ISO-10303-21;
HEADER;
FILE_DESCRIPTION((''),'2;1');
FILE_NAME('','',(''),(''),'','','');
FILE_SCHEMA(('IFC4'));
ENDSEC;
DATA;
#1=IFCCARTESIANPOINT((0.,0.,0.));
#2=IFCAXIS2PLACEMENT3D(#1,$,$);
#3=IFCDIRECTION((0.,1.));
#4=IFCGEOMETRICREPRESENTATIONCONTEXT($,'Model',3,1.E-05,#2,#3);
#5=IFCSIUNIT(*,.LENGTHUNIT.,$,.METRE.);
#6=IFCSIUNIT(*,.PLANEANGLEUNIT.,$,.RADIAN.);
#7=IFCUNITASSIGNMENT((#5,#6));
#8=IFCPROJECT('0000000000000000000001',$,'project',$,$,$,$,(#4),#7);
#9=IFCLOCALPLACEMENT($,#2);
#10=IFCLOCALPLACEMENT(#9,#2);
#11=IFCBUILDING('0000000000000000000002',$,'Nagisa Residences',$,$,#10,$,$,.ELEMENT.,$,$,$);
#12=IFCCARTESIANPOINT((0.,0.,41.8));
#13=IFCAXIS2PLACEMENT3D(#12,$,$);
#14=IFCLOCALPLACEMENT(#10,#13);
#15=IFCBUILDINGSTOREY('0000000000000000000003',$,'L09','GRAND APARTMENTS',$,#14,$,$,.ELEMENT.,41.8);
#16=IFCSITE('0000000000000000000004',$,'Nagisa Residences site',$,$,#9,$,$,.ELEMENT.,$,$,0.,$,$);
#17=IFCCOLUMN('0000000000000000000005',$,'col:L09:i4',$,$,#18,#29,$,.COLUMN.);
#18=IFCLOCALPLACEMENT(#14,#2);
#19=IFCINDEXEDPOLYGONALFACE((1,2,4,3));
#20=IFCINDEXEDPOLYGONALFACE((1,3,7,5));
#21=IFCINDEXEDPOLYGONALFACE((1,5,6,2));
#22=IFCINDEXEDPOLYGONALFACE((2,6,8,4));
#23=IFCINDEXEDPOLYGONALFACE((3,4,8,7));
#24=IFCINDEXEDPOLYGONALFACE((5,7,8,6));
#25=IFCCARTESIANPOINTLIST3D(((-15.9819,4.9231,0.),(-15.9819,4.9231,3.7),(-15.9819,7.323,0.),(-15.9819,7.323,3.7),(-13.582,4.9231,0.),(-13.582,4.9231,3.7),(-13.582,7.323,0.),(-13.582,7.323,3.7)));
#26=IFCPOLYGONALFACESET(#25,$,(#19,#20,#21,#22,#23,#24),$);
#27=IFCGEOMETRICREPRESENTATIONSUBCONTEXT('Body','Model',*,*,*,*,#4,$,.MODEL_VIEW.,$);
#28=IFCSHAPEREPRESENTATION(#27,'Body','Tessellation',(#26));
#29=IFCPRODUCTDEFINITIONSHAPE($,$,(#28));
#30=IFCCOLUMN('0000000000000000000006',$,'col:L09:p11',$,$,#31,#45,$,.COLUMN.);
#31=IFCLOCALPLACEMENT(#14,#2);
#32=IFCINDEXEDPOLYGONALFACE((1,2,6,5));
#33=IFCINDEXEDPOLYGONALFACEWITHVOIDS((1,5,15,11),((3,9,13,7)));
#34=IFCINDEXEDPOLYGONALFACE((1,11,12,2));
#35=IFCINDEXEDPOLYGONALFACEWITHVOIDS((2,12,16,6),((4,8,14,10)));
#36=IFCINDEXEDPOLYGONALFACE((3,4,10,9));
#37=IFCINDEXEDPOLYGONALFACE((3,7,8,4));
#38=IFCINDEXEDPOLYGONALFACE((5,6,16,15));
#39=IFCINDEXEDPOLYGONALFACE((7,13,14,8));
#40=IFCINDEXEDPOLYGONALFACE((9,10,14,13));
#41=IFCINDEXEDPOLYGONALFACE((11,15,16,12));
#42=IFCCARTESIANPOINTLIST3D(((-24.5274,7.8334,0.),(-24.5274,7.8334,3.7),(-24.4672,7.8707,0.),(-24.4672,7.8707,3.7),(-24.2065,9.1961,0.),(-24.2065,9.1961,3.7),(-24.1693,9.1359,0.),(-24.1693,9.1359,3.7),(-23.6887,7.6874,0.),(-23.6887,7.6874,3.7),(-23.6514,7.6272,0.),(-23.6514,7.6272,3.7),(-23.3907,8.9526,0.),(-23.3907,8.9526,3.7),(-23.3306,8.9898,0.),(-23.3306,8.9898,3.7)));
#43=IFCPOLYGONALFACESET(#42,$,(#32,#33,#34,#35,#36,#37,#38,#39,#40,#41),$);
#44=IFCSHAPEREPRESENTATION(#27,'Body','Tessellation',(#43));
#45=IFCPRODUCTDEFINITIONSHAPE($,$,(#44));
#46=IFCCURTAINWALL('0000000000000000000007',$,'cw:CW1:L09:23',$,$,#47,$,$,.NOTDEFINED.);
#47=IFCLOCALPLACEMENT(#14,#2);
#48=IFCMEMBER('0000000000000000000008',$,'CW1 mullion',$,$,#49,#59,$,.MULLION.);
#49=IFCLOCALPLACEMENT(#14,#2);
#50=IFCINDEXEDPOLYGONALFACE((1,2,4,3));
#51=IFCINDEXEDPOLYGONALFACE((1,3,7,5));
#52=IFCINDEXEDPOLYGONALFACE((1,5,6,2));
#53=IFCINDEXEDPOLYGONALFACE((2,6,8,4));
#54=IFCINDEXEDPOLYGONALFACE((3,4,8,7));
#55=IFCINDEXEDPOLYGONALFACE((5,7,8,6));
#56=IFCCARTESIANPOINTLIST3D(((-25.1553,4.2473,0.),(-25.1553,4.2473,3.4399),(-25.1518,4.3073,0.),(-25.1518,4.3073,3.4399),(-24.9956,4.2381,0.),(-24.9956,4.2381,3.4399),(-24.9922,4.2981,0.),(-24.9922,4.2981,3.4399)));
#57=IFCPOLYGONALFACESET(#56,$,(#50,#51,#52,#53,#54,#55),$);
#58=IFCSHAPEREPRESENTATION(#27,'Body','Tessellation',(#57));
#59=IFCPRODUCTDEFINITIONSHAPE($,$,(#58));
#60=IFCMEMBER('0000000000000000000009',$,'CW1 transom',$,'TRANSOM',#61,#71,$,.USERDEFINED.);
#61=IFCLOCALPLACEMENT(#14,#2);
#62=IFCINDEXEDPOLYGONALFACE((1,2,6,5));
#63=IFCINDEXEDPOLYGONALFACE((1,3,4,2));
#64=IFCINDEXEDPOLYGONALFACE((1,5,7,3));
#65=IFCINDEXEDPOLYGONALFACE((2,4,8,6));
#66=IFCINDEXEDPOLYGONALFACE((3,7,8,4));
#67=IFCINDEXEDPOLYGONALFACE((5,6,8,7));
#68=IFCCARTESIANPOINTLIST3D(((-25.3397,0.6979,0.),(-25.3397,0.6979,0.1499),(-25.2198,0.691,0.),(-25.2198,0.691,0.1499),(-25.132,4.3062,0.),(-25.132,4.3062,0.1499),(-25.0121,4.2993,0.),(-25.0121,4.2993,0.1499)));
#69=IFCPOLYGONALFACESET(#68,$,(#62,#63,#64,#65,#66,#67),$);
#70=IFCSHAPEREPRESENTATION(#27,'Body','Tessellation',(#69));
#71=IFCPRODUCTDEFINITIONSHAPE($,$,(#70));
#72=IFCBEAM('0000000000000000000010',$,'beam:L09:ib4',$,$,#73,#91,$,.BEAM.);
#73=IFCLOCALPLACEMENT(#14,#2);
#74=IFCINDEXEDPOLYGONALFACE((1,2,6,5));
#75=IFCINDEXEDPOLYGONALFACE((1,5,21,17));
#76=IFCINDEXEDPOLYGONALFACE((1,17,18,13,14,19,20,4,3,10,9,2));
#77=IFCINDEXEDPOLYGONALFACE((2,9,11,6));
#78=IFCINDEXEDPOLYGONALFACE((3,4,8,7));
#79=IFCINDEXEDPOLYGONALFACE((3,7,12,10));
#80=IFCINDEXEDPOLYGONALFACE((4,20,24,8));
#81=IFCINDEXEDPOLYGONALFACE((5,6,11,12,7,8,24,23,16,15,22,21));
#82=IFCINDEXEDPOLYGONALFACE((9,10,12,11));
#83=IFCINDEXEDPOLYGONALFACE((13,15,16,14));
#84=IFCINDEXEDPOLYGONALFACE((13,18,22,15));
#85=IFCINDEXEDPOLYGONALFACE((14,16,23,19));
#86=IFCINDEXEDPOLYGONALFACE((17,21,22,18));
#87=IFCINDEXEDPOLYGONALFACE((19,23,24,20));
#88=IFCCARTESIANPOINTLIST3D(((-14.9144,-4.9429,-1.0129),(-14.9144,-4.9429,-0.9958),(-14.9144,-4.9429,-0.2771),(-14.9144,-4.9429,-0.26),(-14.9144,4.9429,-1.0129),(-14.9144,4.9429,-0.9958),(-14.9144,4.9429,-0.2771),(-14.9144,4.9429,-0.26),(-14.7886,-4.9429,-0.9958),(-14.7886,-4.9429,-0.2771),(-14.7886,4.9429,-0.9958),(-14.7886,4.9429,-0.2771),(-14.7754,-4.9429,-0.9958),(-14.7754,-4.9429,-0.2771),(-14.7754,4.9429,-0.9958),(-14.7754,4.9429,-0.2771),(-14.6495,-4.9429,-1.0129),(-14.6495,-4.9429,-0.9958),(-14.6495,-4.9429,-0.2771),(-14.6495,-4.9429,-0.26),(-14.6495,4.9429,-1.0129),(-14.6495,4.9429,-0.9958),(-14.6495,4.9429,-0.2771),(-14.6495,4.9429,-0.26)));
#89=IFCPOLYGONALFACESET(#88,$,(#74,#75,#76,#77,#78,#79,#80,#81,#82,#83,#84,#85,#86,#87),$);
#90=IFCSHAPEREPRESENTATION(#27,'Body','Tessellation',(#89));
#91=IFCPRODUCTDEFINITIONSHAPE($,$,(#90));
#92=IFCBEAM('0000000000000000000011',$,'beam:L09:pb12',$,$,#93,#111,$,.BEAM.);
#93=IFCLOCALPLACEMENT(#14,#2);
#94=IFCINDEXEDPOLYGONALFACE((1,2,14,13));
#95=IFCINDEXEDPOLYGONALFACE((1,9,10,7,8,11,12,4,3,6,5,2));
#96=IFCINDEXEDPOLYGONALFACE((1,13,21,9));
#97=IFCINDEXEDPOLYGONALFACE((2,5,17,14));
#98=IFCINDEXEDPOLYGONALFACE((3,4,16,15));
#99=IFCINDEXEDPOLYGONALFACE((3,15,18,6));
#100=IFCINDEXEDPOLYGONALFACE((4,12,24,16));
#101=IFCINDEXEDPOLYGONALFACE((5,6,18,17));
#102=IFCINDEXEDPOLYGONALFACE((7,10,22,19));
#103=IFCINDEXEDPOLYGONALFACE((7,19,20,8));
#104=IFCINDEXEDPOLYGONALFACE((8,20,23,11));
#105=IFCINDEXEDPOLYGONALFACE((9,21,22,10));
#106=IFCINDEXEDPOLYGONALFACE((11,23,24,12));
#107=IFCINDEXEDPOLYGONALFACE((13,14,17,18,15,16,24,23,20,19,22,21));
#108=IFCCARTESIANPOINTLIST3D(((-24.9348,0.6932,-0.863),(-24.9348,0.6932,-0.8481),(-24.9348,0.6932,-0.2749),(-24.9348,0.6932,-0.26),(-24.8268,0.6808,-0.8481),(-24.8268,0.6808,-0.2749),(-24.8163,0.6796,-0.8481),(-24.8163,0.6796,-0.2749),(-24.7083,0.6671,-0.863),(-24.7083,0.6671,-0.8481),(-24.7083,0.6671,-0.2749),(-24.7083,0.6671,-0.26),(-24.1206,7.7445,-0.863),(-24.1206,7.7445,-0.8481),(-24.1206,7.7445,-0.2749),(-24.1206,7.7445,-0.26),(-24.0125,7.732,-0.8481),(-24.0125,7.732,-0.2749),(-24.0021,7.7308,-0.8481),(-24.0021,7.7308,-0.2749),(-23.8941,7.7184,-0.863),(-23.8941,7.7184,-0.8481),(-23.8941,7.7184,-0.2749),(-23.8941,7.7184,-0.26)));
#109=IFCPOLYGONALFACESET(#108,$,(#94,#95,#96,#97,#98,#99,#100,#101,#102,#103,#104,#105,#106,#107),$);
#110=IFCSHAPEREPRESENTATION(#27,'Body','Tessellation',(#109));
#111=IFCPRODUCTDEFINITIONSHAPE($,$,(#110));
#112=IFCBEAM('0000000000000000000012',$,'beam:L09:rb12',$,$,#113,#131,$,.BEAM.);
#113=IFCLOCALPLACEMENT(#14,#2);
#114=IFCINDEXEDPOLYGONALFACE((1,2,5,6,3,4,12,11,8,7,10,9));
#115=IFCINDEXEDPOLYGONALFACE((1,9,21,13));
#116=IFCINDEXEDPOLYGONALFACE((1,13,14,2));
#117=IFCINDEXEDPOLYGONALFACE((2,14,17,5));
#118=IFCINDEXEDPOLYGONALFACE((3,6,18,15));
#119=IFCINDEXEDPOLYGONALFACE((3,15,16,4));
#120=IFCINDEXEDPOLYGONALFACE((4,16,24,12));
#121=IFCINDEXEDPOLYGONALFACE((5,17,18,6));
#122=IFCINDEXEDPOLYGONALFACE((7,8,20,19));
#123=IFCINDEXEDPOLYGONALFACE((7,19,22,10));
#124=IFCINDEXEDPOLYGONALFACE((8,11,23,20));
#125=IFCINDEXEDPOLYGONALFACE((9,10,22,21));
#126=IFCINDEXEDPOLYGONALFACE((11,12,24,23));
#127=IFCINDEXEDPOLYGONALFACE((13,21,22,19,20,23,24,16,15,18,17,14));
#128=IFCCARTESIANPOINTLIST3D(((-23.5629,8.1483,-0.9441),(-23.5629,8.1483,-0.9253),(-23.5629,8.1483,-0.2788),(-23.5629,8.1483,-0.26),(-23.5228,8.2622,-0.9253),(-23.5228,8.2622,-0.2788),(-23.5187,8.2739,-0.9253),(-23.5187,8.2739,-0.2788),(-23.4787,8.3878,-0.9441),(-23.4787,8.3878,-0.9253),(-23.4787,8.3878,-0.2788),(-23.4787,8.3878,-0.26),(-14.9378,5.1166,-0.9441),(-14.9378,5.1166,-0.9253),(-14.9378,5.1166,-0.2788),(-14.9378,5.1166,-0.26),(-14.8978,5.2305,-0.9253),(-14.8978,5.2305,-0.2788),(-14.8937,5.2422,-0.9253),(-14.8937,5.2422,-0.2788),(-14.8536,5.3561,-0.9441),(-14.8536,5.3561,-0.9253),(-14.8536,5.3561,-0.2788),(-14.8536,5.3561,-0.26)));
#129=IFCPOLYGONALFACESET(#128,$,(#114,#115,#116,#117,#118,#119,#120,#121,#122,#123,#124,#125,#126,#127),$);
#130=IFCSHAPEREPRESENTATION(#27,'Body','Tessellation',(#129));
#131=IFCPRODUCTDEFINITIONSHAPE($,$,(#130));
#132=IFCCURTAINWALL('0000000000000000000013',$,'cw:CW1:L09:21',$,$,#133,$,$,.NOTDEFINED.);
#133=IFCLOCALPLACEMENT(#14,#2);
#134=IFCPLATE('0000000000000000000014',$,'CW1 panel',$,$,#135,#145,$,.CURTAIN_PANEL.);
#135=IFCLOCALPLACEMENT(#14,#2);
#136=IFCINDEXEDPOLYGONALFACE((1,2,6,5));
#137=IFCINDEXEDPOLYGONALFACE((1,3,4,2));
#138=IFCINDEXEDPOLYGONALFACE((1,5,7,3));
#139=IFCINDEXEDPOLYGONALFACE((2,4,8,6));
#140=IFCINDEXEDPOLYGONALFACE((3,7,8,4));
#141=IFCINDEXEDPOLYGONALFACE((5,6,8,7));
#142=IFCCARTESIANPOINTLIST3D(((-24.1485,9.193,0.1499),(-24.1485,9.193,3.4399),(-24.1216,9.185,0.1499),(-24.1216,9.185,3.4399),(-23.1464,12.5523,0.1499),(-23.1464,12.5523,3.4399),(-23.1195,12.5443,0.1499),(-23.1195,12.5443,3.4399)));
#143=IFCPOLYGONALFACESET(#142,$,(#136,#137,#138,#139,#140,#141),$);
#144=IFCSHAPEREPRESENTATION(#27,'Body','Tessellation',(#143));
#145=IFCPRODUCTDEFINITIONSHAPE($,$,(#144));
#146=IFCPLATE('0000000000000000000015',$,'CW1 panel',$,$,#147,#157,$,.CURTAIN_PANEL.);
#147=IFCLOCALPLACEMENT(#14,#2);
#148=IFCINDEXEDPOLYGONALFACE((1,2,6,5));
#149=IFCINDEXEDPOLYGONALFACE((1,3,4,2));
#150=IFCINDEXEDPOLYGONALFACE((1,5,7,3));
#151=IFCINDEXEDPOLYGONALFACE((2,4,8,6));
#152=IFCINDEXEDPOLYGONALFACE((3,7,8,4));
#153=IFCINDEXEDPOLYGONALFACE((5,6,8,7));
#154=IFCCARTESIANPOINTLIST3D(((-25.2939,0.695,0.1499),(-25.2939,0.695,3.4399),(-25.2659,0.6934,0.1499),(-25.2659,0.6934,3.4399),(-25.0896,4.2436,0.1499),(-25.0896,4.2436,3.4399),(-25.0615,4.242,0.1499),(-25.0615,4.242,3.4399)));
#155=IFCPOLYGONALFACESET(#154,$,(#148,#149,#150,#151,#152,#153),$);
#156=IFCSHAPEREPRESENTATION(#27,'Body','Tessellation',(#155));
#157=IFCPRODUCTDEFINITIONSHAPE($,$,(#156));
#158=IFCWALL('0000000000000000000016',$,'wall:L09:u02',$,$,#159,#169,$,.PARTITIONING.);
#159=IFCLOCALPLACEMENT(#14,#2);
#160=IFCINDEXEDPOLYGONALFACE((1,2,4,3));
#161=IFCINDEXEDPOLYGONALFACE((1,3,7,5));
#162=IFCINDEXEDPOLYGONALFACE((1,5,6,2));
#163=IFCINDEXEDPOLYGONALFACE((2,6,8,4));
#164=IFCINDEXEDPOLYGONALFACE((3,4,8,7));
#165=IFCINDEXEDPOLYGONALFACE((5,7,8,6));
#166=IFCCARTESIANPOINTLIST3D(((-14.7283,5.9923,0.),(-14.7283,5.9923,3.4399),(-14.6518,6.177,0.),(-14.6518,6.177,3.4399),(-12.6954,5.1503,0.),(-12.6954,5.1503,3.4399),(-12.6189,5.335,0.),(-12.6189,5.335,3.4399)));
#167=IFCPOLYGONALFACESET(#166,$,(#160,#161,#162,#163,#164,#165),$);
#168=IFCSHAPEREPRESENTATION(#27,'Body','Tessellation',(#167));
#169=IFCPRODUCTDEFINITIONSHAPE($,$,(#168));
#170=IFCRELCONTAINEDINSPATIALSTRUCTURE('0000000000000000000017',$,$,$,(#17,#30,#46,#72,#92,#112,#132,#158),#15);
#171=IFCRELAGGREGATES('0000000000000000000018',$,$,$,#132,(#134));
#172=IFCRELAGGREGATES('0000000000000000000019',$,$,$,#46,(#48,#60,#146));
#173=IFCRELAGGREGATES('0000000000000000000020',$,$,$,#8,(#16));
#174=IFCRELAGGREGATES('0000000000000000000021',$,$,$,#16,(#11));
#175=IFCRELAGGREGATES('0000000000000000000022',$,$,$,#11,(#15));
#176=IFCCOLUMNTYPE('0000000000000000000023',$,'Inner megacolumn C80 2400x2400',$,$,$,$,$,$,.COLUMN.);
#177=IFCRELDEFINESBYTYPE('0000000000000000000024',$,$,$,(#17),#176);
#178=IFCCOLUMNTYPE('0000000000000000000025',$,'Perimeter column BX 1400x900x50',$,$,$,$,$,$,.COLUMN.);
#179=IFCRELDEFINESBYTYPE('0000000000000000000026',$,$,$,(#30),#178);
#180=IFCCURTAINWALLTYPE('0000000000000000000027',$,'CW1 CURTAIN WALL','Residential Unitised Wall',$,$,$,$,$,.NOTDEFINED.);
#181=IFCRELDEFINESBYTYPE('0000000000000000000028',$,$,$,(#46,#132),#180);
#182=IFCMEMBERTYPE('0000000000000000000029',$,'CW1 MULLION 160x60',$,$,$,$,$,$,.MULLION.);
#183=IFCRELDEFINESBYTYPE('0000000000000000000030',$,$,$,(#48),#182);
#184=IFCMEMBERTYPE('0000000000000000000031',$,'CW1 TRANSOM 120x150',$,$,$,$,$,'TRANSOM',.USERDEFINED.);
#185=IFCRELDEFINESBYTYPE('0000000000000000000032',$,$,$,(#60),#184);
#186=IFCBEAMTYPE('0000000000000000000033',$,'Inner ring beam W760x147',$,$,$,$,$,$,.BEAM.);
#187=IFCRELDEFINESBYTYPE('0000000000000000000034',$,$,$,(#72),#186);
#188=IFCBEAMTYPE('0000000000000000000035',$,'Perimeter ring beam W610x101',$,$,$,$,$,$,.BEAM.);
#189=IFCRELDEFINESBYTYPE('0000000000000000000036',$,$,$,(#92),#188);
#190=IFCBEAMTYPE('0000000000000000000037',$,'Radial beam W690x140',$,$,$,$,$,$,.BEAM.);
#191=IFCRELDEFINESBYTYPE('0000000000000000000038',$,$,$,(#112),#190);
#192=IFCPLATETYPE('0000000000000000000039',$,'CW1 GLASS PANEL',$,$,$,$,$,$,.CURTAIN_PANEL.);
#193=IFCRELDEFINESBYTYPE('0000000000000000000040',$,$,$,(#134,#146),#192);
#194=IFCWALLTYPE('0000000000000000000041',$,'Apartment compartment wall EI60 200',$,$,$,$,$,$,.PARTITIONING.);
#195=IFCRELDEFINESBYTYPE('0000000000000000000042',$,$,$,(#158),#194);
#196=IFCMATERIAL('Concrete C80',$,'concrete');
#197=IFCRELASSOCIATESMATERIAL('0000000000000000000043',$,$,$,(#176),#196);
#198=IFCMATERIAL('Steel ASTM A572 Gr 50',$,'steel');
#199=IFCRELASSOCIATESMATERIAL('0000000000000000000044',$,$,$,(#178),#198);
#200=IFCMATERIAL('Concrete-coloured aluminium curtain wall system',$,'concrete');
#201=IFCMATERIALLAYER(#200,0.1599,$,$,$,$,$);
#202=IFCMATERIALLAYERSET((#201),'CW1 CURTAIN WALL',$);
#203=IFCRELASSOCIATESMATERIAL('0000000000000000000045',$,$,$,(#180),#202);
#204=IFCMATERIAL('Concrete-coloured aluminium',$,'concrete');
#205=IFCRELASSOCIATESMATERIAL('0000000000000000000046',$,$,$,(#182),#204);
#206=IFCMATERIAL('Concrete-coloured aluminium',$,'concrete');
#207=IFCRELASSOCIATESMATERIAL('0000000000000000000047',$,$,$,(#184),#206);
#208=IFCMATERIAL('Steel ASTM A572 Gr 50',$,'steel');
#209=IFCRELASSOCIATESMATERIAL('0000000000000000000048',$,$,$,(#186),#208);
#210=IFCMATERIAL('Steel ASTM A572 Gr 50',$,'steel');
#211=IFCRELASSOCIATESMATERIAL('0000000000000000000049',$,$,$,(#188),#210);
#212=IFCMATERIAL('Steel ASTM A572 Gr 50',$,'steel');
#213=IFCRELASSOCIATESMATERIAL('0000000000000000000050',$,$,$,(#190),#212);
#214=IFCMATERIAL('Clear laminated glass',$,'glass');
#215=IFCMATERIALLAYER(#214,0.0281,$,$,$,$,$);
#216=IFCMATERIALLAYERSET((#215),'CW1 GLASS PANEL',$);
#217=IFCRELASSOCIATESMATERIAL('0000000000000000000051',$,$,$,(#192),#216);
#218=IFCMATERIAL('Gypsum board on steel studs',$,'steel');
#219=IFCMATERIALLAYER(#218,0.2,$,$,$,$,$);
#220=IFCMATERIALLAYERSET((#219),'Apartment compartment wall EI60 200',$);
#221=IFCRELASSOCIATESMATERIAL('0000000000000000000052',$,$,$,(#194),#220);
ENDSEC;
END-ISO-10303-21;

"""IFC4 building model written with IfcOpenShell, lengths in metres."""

from ifc_helpers import new_model, si_unit, direction, frame, frame_2d, origin, origin_2d, place, context, subcontext, project, spatial, rectangle, hollow_rectangle, i_section, extrude, material, layer, layer_set, material_profile, profile_set, type_object, element, aggregate, save


model = new_model("IFC4")

# Units and contexts
model_context = context("Model", 3, precision=1e-05, world=origin(), true_north=direction((0.0, 1.0)))
body_context = subcontext(model_context, "Body", "Model", "MODEL_VIEW")
ifc_project = project(units=[si_unit("LENGTHUNIT", "METRE"), si_unit("PLANEANGLEUNIT", "RADIAN")], contexts=[model_context])

# Site, building, storey
site_placement = place(None, origin())
site = spatial("IfcSite", under=ifc_project, at=site_placement, Name="Nagisa Residences site", CompositionType="ELEMENT", RefElevation=0.0)
building_placement = place(site_placement, origin())
building = spatial("IfcBuilding", under=site, at=building_placement, Name="Nagisa Residences", CompositionType="ELEMENT")
storey_placement = place(building_placement, frame((0.0, 0.0, 41.8)))
storey = spatial("IfcBuildingStorey", under=building, at=storey_placement, Name="L09", Description="GRAND APARTMENTS", CompositionType="ELEMENT", Elevation=41.8)

# Columns
ifc_material_1 = material(Name="Concrete C80", Category="concrete")
ifc_material_profile_1 = material_profile(ifc_material_1, rectangle(XDim=2.3999, YDim=2.3999, at=origin_2d()), Name="C80 2400x2400")
ifc_profile_set_1 = profile_set([ifc_material_profile_1], Name="Concrete C80")
column_type_1 = type_object("IfcColumnType", Name="Inner megacolumn C80 2400x2400", PredefinedType="COLUMN", material=ifc_profile_set_1)
column_1_placement = place(storey_placement, frame((-14.782, 6.123, 0.0), z_axis=(0.0, 0.0, 1.0), x_axis=(1.0, 0.0, 0.0)))
element("IfcColumn", 1, at=column_1_placement, inside=storey, type_object=column_type_1, Name="col:L09:i4", PredefinedType="COLUMN", context=body_context, shape_type="SweptSolid", body=[
    extrude(rectangle(XDim=2.3999, YDim=2.3999, at=origin_2d()), origin(), (0.0, 0.0, 1.0), 3.7),
])
ifc_material_2 = material(Name="Steel ASTM A572 Gr 50", Category="steel")
ifc_material_profile_2 = material_profile(ifc_material_2, hollow_rectangle(XDim=1.3999, YDim=0.8999, WallThickness=0.05, at=origin_2d()), Name="BX 1400x900x50")
ifc_profile_set_2 = profile_set([ifc_material_profile_2], Name="Steel ASTM A572 Gr 50")
column_type_2 = type_object("IfcColumnType", Name="Perimeter column BX 1400x900x50", PredefinedType="COLUMN", material=ifc_profile_set_2)
column_2_placement = place(storey_placement, frame((-23.929, 8.4116, 0.0), z_axis=(0.0, 0.0, 1.0), x_axis=(-0.229202, -0.973379, 0.0)))
element("IfcColumn", 2, at=column_2_placement, inside=storey, type_object=column_type_2, Name="col:L09:p11", PredefinedType="COLUMN", context=body_context, shape_type="SweptSolid", body=[
    extrude(hollow_rectangle(XDim=1.3999, YDim=0.8999, WallThickness=0.05, at=origin_2d()), origin(), (0.0, 0.0, 1.0), 3.7),
])

# Curtain wall, members
ifc_material_3 = material(Name="Concrete-coloured aluminium curtain wall system", Category="concrete")
ifc_layer_1 = layer(ifc_material_3, 0.1599)
ifc_layer_set_1 = layer_set([ifc_layer_1], Name="CW1 CURTAIN WALL")
curtain_wall_type = type_object("IfcCurtainWallType", Name="CW1 CURTAIN WALL", Description="Residential Unitised Wall", PredefinedType="NOTDEFINED", material=ifc_layer_set_1)
curtain_wall_1_placement = place(storey_placement, origin())
curtain_wall_1 = element("IfcCurtainWall", 3, at=curtain_wall_1_placement, inside=storey, type_object=curtain_wall_type, Name="cw:CW1:L09:23", PredefinedType="NOTDEFINED")
ifc_material_4 = material(Name="Concrete-coloured aluminium", Category="concrete")
ifc_material_profile_3 = material_profile(ifc_material_4, rectangle(XDim=0.1599, YDim=0.0601, at=origin_2d()), Name="CW1 MULLION 160x60")
ifc_profile_set_3 = profile_set([ifc_material_profile_3], Name="Concrete-coloured aluminium")
member_type_1 = type_object("IfcMemberType", Name="CW1 MULLION 160x60", PredefinedType="MULLION", material=ifc_profile_set_3)
member_1_placement = place(storey_placement, frame((-25.0737, 4.2727, 0.0), z_axis=(0.0, 0.0, 1.0), x_axis=(0.998345, -0.057503, 0.0)))
member_1 = element("IfcMember", 4, at=member_1_placement, type_object=member_type_1, Name="CW1 mullion", PredefinedType="MULLION", context=body_context, shape_type="SweptSolid", body=[
    extrude(rectangle(XDim=0.1599, YDim=0.0601, at=origin_2d()), origin(), (0.0, 0.0, 1.0), 3.4399),
])
ifc_material_5 = material(Name="Concrete-coloured aluminium", Category="concrete")
ifc_material_profile_4 = material_profile(ifc_material_5, rectangle(XDim=0.1201, YDim=0.1499, at=origin_2d()), Name="CW1 TRANSOM 120x150")
ifc_profile_set_4 = profile_set([ifc_material_profile_4], Name="Concrete-coloured aluminium")
member_type_2 = type_object("IfcMemberType", Name="CW1 TRANSOM 120x150", ElementType="TRANSOM", PredefinedType="USERDEFINED", material=ifc_profile_set_4)
member_2_placement = place(storey_placement, frame((-25.072, 4.3027, 0.075), z_axis=(-0.057483, -0.998347, 0.0), x_axis=(0.998347, -0.057483, 0.0)))
member_2 = element("IfcMember", 5, at=member_2_placement, type_object=member_type_2, Name="CW1 transom", ObjectType="TRANSOM", PredefinedType="USERDEFINED", context=body_context, shape_type="SweptSolid", body=[
    extrude(rectangle(XDim=0.1201, YDim=0.1499, at=origin_2d()), origin(), (0.0, 0.0, 1.0), 3.6143),
])

# Beams
ifc_material_6 = material(Name="Steel ASTM A572 Gr 50", Category="steel")
ifc_material_profile_5 = material_profile(ifc_material_6, i_section(OverallWidth=0.2649, OverallDepth=0.7529, WebThickness=0.0132, FlangeThickness=0.0171, at=origin_2d()), Name="W760x147")
ifc_profile_set_5 = profile_set([ifc_material_profile_5], Name="Steel ASTM A572 Gr 50")
beam_type_1 = type_object("IfcBeamType", Name="Inner ring beam W760x147", PredefinedType="BEAM", material=ifc_profile_set_5)
beam_1_placement = place(storey_placement, frame((-14.782, 4.9429, -0.6365), z_axis=(0.0, -1.0, 0.0), x_axis=(1.0, 0.0, 0.0)))
element("IfcBeam", 6, at=beam_1_placement, inside=storey, type_object=beam_type_1, Name="beam:L09:ib4", PredefinedType="BEAM", context=body_context, shape_type="SweptSolid", body=[
    extrude(i_section(OverallWidth=0.2649, OverallDepth=0.7529, WebThickness=0.0132, FlangeThickness=0.0171, at=origin_2d()), origin(), (0.0, 0.0, 1.0), 9.8857),
])
ifc_material_7 = material(Name="Steel ASTM A572 Gr 50", Category="steel")
ifc_material_profile_6 = material_profile(ifc_material_7, i_section(OverallWidth=0.228, OverallDepth=0.603, WebThickness=0.0105, FlangeThickness=0.0149, at=origin_2d()), Name="W610x101")
ifc_profile_set_6 = profile_set([ifc_material_profile_6], Name="Steel ASTM A572 Gr 50")
beam_type_2 = type_object("IfcBeamType", Name="Perimeter ring beam W610x101", PredefinedType="BEAM", material=ifc_profile_set_6)
beam_2_placement = place(storey_placement, frame((-24.0073, 7.7314, -0.5615), z_axis=(-0.114708, -0.993399, 0.0), x_axis=(0.993399, -0.114708, 0.0)))
element("IfcBeam", 7, at=beam_2_placement, inside=storey, type_object=beam_type_2, Name="beam:L09:pb12", PredefinedType="BEAM", context=body_context, shape_type="SweptSolid", body=[
    extrude(i_section(OverallWidth=0.228, OverallDepth=0.603, WebThickness=0.0105, FlangeThickness=0.0149, at=origin_2d()), origin(), (0.0, 0.0, 1.0), 7.0981),
])
ifc_material_8 = material(Name="Steel ASTM A572 Gr 50", Category="steel")
ifc_material_profile_7 = material_profile(ifc_material_8, i_section(OverallWidth=0.2539, OverallDepth=0.6841, WebThickness=0.0125, FlangeThickness=0.0188, at=origin_2d()), Name="W690x140")
ifc_profile_set_7 = profile_set([ifc_material_profile_7], Name="Steel ASTM A572 Gr 50")
beam_type_3 = type_object("IfcBeamType", Name="Radial beam W690x140", PredefinedType="BEAM", material=ifc_profile_set_7)
beam_3_placement = place(storey_placement, frame((-23.5208, 8.2681, -0.6021), z_axis=(0.943415, -0.331616, 0.0), x_axis=(0.331616, 0.943415, 0.0)))
element("IfcBeam", 8, at=beam_3_placement, inside=storey, type_object=beam_type_3, Name="beam:L09:rb12", PredefinedType="BEAM", context=body_context, shape_type="SweptSolid", body=[
    extrude(i_section(OverallWidth=0.2539, OverallDepth=0.6841, WebThickness=0.0125, FlangeThickness=0.0188, at=origin_2d()), origin(), (0.0, 0.0, 1.0), 9.1423),
])

# Curtain wall, plate
curtain_wall_2_placement = place(storey_placement, origin())
curtain_wall_2 = element("IfcCurtainWall", 9, at=curtain_wall_2_placement, inside=storey, type_object=curtain_wall_type, Name="cw:CW1:L09:21", PredefinedType="NOTDEFINED")
ifc_material_9 = material(Name="Clear laminated glass", Category="glass")
ifc_layer_2 = layer(ifc_material_9, 0.0281)
ifc_layer_set_2 = layer_set([ifc_layer_2], Name="CW1 GLASS PANEL")
plate_type = type_object("IfcPlateType", Name="CW1 GLASS PANEL", PredefinedType="CURTAIN_PANEL", material=ifc_layer_set_2)
plate_1_placement = place(storey_placement, frame((-23.634, 10.8687, 0.1499), z_axis=(0.0, 0.0, 1.0), x_axis=(-0.28586, -0.958271, 0.0)))
plate_1 = element("IfcPlate", 10, at=plate_1_placement, type_object=plate_type, Name="CW1 panel", PredefinedType="CURTAIN_PANEL", context=body_context, shape_type="SweptSolid", body=[
    extrude(rectangle(XDim=3.5056, YDim=0.0281, at=origin_2d()), origin(), (0.0, 0.0, 1.0), 3.29),
])
aggregate(curtain_wall_2, [plate_1])

# Plate
plate_2_placement = place(storey_placement, frame((-25.1777, 2.4685, 0.1499), z_axis=(0.0, 0.0, 1.0), x_axis=(-0.057503, -0.998345, 0.0)))
plate_2 = element("IfcPlate", 11, at=plate_2_placement, type_object=plate_type, Name="CW1 panel", PredefinedType="CURTAIN_PANEL", context=body_context, shape_type="SweptSolid", body=[
    extrude(rectangle(XDim=3.5544, YDim=0.0281, at=origin_2d()), origin(), (0.0, 0.0, 1.0), 3.29),
])
aggregate(curtain_wall_1, [member_1, member_2, plate_2])

# Wall
ifc_material_10 = material(Name="Gypsum board on steel studs", Category="steel")
ifc_layer_3 = layer(ifc_material_10, 0.2)
ifc_layer_set_3 = layer_set([ifc_layer_3], Name="Apartment compartment wall EI60 200")
wall_type_1 = type_object("IfcWallType", Name="Apartment compartment wall EI60 200", PredefinedType="PARTITIONING", material=ifc_layer_set_3)
wall_1_placement = place(storey_placement, frame((-12.6572, 5.2427, 0.0), z_axis=(0.0, 0.0, 1.0), x_axis=(-0.923886, 0.382669, 0.0)))
element("IfcWall", 12, at=wall_1_placement, inside=storey, type_object=wall_type_1, Name="wall:L09:u02", PredefinedType="PARTITIONING", context=body_context, shape_type="SweptSolid", body=[
    extrude(rectangle(XDim=2.2004, YDim=0.2, at=frame_2d((1.1001, 0.0))), origin(), (0.0, 0.0, 1.0), 3.4399),
])

save(model, "model.ifc")
